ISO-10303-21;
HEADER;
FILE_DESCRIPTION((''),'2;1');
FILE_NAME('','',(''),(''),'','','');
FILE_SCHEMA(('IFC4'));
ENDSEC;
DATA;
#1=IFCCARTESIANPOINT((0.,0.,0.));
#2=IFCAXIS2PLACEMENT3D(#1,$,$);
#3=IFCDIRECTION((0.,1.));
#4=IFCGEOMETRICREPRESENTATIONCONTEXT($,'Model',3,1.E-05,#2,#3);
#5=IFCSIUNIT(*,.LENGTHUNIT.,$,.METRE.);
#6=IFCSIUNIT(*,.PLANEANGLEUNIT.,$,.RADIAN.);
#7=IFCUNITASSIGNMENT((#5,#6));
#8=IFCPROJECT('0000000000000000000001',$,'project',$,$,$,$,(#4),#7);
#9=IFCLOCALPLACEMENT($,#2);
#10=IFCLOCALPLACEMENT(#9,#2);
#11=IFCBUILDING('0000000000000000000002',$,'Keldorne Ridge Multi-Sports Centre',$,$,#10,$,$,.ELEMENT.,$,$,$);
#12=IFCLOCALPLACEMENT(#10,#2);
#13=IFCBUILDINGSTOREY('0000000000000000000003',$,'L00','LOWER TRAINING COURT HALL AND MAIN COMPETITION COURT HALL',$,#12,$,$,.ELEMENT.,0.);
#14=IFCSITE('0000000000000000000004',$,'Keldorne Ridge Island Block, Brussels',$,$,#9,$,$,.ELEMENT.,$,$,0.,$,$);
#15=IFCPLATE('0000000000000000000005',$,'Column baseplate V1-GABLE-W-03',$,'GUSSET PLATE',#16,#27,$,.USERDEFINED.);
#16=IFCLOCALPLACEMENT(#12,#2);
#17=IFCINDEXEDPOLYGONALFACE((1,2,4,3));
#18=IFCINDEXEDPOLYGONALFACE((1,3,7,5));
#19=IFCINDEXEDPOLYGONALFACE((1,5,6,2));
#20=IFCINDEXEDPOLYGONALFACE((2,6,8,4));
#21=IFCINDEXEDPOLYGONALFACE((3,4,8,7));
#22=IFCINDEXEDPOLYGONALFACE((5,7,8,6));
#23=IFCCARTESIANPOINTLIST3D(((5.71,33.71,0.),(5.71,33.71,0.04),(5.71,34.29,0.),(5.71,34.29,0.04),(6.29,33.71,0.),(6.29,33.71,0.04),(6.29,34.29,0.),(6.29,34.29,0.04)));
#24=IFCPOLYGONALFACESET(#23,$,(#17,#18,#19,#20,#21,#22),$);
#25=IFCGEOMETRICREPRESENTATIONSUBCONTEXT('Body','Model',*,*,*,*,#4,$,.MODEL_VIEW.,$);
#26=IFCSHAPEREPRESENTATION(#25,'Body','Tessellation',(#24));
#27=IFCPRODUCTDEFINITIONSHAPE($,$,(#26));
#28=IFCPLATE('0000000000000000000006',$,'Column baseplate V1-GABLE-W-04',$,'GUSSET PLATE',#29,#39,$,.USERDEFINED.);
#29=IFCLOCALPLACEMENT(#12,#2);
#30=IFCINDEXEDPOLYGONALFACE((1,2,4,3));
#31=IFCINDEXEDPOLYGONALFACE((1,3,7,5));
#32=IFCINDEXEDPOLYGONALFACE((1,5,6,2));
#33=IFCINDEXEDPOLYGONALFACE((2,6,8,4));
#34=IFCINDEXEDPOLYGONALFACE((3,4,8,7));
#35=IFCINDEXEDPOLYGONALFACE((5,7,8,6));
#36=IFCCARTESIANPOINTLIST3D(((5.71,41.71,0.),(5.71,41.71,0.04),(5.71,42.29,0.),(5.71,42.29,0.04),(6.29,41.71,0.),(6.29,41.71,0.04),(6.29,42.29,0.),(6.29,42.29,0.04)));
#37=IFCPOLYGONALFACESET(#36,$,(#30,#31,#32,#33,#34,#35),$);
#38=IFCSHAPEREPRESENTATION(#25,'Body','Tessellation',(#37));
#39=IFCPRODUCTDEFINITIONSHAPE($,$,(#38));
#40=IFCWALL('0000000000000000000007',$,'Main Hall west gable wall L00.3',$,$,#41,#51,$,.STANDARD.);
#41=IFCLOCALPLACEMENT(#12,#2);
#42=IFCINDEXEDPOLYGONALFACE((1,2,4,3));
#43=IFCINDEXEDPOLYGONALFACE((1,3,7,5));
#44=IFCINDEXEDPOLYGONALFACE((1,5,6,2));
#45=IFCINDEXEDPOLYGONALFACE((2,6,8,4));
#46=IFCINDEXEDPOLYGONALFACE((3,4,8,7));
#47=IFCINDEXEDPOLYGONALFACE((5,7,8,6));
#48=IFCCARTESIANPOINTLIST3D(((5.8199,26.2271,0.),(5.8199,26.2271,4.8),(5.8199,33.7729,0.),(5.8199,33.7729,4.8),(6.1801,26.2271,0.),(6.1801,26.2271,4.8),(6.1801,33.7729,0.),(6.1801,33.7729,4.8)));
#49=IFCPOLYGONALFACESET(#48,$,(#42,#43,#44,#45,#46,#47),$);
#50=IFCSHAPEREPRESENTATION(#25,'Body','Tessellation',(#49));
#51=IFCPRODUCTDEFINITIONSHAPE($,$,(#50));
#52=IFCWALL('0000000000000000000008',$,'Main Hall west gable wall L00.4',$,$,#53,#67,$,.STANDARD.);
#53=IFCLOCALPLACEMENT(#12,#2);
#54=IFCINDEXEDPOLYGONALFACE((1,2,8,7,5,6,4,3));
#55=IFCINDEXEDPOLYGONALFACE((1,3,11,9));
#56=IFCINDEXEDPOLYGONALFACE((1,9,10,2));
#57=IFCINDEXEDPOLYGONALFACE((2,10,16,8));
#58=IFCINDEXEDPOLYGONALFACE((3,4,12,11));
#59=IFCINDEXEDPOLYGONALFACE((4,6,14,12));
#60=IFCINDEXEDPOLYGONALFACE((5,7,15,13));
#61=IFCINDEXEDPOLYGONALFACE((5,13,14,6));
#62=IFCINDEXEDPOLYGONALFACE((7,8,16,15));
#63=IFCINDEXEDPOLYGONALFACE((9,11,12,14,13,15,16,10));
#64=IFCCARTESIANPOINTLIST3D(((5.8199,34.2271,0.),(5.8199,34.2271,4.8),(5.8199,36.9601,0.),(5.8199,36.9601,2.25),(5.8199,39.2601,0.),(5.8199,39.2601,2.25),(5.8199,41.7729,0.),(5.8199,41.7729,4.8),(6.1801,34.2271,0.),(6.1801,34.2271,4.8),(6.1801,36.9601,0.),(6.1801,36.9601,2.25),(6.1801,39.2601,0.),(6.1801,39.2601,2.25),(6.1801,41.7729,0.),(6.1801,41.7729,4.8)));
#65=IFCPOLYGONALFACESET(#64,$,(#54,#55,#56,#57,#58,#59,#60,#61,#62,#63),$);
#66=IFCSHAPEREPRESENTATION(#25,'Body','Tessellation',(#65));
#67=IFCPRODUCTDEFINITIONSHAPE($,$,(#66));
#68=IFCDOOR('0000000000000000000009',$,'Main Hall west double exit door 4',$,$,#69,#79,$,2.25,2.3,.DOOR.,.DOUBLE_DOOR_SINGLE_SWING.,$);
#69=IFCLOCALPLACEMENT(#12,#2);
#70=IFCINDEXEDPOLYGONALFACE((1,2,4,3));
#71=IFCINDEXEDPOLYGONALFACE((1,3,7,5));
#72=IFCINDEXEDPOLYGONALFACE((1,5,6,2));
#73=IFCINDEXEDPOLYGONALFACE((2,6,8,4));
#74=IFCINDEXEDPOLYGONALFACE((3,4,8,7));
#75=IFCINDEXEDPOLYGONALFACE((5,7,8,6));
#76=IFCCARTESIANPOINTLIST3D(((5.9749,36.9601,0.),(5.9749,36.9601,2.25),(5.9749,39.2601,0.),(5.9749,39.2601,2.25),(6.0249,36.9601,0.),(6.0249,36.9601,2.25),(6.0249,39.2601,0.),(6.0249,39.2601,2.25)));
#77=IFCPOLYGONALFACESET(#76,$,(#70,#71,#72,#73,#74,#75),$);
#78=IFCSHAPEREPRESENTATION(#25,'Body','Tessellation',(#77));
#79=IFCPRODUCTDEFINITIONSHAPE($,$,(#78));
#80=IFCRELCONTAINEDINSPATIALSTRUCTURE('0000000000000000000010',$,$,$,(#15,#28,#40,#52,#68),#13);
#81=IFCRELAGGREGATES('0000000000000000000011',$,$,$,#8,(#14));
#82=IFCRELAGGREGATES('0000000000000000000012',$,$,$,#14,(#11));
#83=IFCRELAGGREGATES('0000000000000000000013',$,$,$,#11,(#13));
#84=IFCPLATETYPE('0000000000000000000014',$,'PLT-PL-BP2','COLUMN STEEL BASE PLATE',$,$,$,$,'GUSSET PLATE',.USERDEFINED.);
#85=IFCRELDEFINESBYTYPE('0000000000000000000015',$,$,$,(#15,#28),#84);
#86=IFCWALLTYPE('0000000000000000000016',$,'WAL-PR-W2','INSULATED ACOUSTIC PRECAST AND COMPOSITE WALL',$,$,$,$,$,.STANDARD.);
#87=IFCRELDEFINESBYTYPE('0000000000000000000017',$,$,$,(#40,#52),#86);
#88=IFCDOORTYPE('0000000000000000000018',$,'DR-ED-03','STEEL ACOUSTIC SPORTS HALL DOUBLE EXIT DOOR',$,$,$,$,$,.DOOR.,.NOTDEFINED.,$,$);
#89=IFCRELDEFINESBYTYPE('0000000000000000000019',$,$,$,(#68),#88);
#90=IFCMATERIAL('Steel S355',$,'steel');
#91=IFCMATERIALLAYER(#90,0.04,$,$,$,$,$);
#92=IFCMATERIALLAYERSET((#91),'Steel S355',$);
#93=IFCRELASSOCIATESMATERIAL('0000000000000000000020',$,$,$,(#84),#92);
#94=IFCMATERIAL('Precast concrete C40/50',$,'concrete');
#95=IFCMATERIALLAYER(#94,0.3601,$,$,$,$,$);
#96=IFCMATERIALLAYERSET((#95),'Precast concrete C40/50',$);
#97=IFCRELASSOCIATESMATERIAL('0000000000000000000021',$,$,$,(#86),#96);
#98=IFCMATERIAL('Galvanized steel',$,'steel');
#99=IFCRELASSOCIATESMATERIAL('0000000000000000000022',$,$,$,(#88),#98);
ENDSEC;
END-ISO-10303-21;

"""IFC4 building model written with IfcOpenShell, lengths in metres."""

from ifc_helpers import new_model, si_unit, direction, frame, frame_2d, origin, origin_2d, place, context, subcontext, project, spatial, rectangle, extrude, material, layer, layer_set, type_object, element, fill, save


model = new_model("IFC4")

# Units and contexts
model_context = context("Model", 3, precision=1e-05, world=origin(), true_north=direction((0.0, 1.0)))
body_context = subcontext(model_context, "Body", "Model", "MODEL_VIEW")
ifc_project = project(units=[si_unit("LENGTHUNIT", "METRE"), si_unit("PLANEANGLEUNIT", "RADIAN")], contexts=[model_context])

# Site, building, storey
site_placement = place(None, origin())
site = spatial("IfcSite", under=ifc_project, at=site_placement, Name="Keldorne Ridge Island Block, Brussels", CompositionType="ELEMENT", RefElevation=0.0)
building_placement = place(site_placement, origin())
building = spatial("IfcBuilding", under=site, at=building_placement, Name="Keldorne Ridge Multi-Sports Centre", CompositionType="ELEMENT")
storey_placement = place(building_placement, origin())
storey = spatial("IfcBuildingStorey", under=building, at=storey_placement, Name="L00", Description="LOWER TRAINING COURT HALL AND MAIN COMPETITION COURT HALL", CompositionType="ELEMENT", Elevation=0.0)

# Shared definitions
ifc_material_1 = material(Name="Steel S355", Category="steel")

# Plates
ifc_layer_1 = layer(ifc_material_1, 0.04)
ifc_layer_set_1 = layer_set([ifc_layer_1], Name="Steel S355")
plate_type = type_object("IfcPlateType", Name="PLT-PL-BP2", Description="COLUMN STEEL BASE PLATE", ElementType="GUSSET PLATE", PredefinedType="USERDEFINED", material=ifc_layer_set_1)
for number, where, z_axis, x_axis, name in (
    (1, (6.0, 34.0, 0.0), (0.0, 0.0, 1.0), (1.0, 0.0, 0.0), "Column baseplate V1-GABLE-W-03"),
    (2, (6.0, 42.0, 0.0), (0.0, 0.0, 1.0), (1.0, 0.0, 0.0), "Column baseplate V1-GABLE-W-04"),
):
    element("IfcPlate", number, at=place(storey_placement, frame(where, z_axis=z_axis, x_axis=x_axis)), inside=storey, type_object=plate_type, Name=name, ObjectType="GUSSET PLATE", PredefinedType="USERDEFINED", context=body_context, shape_type="SweptSolid", body=[
        extrude(rectangle(XDim=0.5801, YDim=0.5801, at=origin_2d()), origin(), (0.0, 0.0, 1.0), 0.04),
    ])

# Wall
ifc_material_2 = material(Name="Precast concrete C40/50", Category="concrete")
ifc_layer_2 = layer(ifc_material_2, 0.3601)
ifc_layer_set_2 = layer_set([ifc_layer_2], Name="Precast concrete C40/50")
wall_type = type_object("IfcWallType", Name="WAL-PR-W2", Description="INSULATED ACOUSTIC PRECAST AND COMPOSITE WALL", PredefinedType="STANDARD", material=ifc_layer_set_2)
wall_1_placement = place(storey_placement, frame((6.0, 33.7729, 0.0), z_axis=(0.0, 0.0, 1.0), x_axis=(0.0, -1.0, 0.0)))
element("IfcWall", 3, at=wall_1_placement, inside=storey, type_object=wall_type, Name="Main Hall west gable wall L00.3", PredefinedType="STANDARD", context=body_context, shape_type="SweptSolid", body=[
    extrude(rectangle(XDim=7.5459, YDim=0.3601, at=frame_2d((3.7729, 0.0))), origin(), (0.0, 0.0, 1.0), 4.8),
])

# Wall, opening, door
wall_2_placement = place(storey_placement, frame((6.0, 41.7729, 0.0), z_axis=(0.0, 0.0, 1.0), x_axis=(0.0, -1.0, 0.0)))
wall_2 = element("IfcWall", 4, at=wall_2_placement, inside=storey, type_object=wall_type, Name="Main Hall west gable wall L00.4", PredefinedType="STANDARD", context=body_context, shape_type="SweptSolid", body=[
    extrude(rectangle(XDim=7.5459, YDim=0.3601, at=frame_2d((3.7729, 0.0))), origin(), (0.0, 0.0, 1.0), 4.8),
])
opening_placement = place(wall_2_placement, frame((2.5129, 0.0, 0.0)))
opening = element("IfcOpeningElement", 5, at=opening_placement, cuts=wall_2, PredefinedType="OPENING", context=body_context, shape_type="SweptSolid", body=[
    extrude(rectangle(XDim=2.3, YDim=2.25, at=frame_2d((1.1499, 1.125))), frame((0.0, 0.1899, 0.0), z_axis=(0.0, -1.0, 0.0), x_axis=(1.0, 0.0, 0.0)), (0.0, 0.0, 1.0), 0.3801),
])
ifc_material_3 = material(Name="Galvanized steel", Category="steel")
door_type = type_object("IfcDoorType", Name="DR-ED-03", Description="STEEL ACOUSTIC SPORTS HALL DOUBLE EXIT DOOR", OperationType="NOTDEFINED", PredefinedType="DOOR", material=ifc_material_3)
door_placement = place(opening_placement, origin())
door = element("IfcDoor", 6, at=door_placement, inside=storey, type_object=door_type, Name="Main Hall west double exit door 4", OperationType="DOUBLE_DOOR_SINGLE_SWING", OverallHeight=2.25, OverallWidth=2.3, PredefinedType="DOOR", context=body_context, shape_type="SweptSolid", body=[
    extrude(rectangle(XDim=2.3, YDim=2.25, at=frame_2d((1.1499, 1.125))), frame((0.0, 0.0249, 0.0), z_axis=(0.0, -1.0, 0.0), x_axis=(1.0, 0.0, 0.0)), (0.0, 0.0, 1.0), 0.05),
])
fill(opening, door)

save(model, "model.ifc")
